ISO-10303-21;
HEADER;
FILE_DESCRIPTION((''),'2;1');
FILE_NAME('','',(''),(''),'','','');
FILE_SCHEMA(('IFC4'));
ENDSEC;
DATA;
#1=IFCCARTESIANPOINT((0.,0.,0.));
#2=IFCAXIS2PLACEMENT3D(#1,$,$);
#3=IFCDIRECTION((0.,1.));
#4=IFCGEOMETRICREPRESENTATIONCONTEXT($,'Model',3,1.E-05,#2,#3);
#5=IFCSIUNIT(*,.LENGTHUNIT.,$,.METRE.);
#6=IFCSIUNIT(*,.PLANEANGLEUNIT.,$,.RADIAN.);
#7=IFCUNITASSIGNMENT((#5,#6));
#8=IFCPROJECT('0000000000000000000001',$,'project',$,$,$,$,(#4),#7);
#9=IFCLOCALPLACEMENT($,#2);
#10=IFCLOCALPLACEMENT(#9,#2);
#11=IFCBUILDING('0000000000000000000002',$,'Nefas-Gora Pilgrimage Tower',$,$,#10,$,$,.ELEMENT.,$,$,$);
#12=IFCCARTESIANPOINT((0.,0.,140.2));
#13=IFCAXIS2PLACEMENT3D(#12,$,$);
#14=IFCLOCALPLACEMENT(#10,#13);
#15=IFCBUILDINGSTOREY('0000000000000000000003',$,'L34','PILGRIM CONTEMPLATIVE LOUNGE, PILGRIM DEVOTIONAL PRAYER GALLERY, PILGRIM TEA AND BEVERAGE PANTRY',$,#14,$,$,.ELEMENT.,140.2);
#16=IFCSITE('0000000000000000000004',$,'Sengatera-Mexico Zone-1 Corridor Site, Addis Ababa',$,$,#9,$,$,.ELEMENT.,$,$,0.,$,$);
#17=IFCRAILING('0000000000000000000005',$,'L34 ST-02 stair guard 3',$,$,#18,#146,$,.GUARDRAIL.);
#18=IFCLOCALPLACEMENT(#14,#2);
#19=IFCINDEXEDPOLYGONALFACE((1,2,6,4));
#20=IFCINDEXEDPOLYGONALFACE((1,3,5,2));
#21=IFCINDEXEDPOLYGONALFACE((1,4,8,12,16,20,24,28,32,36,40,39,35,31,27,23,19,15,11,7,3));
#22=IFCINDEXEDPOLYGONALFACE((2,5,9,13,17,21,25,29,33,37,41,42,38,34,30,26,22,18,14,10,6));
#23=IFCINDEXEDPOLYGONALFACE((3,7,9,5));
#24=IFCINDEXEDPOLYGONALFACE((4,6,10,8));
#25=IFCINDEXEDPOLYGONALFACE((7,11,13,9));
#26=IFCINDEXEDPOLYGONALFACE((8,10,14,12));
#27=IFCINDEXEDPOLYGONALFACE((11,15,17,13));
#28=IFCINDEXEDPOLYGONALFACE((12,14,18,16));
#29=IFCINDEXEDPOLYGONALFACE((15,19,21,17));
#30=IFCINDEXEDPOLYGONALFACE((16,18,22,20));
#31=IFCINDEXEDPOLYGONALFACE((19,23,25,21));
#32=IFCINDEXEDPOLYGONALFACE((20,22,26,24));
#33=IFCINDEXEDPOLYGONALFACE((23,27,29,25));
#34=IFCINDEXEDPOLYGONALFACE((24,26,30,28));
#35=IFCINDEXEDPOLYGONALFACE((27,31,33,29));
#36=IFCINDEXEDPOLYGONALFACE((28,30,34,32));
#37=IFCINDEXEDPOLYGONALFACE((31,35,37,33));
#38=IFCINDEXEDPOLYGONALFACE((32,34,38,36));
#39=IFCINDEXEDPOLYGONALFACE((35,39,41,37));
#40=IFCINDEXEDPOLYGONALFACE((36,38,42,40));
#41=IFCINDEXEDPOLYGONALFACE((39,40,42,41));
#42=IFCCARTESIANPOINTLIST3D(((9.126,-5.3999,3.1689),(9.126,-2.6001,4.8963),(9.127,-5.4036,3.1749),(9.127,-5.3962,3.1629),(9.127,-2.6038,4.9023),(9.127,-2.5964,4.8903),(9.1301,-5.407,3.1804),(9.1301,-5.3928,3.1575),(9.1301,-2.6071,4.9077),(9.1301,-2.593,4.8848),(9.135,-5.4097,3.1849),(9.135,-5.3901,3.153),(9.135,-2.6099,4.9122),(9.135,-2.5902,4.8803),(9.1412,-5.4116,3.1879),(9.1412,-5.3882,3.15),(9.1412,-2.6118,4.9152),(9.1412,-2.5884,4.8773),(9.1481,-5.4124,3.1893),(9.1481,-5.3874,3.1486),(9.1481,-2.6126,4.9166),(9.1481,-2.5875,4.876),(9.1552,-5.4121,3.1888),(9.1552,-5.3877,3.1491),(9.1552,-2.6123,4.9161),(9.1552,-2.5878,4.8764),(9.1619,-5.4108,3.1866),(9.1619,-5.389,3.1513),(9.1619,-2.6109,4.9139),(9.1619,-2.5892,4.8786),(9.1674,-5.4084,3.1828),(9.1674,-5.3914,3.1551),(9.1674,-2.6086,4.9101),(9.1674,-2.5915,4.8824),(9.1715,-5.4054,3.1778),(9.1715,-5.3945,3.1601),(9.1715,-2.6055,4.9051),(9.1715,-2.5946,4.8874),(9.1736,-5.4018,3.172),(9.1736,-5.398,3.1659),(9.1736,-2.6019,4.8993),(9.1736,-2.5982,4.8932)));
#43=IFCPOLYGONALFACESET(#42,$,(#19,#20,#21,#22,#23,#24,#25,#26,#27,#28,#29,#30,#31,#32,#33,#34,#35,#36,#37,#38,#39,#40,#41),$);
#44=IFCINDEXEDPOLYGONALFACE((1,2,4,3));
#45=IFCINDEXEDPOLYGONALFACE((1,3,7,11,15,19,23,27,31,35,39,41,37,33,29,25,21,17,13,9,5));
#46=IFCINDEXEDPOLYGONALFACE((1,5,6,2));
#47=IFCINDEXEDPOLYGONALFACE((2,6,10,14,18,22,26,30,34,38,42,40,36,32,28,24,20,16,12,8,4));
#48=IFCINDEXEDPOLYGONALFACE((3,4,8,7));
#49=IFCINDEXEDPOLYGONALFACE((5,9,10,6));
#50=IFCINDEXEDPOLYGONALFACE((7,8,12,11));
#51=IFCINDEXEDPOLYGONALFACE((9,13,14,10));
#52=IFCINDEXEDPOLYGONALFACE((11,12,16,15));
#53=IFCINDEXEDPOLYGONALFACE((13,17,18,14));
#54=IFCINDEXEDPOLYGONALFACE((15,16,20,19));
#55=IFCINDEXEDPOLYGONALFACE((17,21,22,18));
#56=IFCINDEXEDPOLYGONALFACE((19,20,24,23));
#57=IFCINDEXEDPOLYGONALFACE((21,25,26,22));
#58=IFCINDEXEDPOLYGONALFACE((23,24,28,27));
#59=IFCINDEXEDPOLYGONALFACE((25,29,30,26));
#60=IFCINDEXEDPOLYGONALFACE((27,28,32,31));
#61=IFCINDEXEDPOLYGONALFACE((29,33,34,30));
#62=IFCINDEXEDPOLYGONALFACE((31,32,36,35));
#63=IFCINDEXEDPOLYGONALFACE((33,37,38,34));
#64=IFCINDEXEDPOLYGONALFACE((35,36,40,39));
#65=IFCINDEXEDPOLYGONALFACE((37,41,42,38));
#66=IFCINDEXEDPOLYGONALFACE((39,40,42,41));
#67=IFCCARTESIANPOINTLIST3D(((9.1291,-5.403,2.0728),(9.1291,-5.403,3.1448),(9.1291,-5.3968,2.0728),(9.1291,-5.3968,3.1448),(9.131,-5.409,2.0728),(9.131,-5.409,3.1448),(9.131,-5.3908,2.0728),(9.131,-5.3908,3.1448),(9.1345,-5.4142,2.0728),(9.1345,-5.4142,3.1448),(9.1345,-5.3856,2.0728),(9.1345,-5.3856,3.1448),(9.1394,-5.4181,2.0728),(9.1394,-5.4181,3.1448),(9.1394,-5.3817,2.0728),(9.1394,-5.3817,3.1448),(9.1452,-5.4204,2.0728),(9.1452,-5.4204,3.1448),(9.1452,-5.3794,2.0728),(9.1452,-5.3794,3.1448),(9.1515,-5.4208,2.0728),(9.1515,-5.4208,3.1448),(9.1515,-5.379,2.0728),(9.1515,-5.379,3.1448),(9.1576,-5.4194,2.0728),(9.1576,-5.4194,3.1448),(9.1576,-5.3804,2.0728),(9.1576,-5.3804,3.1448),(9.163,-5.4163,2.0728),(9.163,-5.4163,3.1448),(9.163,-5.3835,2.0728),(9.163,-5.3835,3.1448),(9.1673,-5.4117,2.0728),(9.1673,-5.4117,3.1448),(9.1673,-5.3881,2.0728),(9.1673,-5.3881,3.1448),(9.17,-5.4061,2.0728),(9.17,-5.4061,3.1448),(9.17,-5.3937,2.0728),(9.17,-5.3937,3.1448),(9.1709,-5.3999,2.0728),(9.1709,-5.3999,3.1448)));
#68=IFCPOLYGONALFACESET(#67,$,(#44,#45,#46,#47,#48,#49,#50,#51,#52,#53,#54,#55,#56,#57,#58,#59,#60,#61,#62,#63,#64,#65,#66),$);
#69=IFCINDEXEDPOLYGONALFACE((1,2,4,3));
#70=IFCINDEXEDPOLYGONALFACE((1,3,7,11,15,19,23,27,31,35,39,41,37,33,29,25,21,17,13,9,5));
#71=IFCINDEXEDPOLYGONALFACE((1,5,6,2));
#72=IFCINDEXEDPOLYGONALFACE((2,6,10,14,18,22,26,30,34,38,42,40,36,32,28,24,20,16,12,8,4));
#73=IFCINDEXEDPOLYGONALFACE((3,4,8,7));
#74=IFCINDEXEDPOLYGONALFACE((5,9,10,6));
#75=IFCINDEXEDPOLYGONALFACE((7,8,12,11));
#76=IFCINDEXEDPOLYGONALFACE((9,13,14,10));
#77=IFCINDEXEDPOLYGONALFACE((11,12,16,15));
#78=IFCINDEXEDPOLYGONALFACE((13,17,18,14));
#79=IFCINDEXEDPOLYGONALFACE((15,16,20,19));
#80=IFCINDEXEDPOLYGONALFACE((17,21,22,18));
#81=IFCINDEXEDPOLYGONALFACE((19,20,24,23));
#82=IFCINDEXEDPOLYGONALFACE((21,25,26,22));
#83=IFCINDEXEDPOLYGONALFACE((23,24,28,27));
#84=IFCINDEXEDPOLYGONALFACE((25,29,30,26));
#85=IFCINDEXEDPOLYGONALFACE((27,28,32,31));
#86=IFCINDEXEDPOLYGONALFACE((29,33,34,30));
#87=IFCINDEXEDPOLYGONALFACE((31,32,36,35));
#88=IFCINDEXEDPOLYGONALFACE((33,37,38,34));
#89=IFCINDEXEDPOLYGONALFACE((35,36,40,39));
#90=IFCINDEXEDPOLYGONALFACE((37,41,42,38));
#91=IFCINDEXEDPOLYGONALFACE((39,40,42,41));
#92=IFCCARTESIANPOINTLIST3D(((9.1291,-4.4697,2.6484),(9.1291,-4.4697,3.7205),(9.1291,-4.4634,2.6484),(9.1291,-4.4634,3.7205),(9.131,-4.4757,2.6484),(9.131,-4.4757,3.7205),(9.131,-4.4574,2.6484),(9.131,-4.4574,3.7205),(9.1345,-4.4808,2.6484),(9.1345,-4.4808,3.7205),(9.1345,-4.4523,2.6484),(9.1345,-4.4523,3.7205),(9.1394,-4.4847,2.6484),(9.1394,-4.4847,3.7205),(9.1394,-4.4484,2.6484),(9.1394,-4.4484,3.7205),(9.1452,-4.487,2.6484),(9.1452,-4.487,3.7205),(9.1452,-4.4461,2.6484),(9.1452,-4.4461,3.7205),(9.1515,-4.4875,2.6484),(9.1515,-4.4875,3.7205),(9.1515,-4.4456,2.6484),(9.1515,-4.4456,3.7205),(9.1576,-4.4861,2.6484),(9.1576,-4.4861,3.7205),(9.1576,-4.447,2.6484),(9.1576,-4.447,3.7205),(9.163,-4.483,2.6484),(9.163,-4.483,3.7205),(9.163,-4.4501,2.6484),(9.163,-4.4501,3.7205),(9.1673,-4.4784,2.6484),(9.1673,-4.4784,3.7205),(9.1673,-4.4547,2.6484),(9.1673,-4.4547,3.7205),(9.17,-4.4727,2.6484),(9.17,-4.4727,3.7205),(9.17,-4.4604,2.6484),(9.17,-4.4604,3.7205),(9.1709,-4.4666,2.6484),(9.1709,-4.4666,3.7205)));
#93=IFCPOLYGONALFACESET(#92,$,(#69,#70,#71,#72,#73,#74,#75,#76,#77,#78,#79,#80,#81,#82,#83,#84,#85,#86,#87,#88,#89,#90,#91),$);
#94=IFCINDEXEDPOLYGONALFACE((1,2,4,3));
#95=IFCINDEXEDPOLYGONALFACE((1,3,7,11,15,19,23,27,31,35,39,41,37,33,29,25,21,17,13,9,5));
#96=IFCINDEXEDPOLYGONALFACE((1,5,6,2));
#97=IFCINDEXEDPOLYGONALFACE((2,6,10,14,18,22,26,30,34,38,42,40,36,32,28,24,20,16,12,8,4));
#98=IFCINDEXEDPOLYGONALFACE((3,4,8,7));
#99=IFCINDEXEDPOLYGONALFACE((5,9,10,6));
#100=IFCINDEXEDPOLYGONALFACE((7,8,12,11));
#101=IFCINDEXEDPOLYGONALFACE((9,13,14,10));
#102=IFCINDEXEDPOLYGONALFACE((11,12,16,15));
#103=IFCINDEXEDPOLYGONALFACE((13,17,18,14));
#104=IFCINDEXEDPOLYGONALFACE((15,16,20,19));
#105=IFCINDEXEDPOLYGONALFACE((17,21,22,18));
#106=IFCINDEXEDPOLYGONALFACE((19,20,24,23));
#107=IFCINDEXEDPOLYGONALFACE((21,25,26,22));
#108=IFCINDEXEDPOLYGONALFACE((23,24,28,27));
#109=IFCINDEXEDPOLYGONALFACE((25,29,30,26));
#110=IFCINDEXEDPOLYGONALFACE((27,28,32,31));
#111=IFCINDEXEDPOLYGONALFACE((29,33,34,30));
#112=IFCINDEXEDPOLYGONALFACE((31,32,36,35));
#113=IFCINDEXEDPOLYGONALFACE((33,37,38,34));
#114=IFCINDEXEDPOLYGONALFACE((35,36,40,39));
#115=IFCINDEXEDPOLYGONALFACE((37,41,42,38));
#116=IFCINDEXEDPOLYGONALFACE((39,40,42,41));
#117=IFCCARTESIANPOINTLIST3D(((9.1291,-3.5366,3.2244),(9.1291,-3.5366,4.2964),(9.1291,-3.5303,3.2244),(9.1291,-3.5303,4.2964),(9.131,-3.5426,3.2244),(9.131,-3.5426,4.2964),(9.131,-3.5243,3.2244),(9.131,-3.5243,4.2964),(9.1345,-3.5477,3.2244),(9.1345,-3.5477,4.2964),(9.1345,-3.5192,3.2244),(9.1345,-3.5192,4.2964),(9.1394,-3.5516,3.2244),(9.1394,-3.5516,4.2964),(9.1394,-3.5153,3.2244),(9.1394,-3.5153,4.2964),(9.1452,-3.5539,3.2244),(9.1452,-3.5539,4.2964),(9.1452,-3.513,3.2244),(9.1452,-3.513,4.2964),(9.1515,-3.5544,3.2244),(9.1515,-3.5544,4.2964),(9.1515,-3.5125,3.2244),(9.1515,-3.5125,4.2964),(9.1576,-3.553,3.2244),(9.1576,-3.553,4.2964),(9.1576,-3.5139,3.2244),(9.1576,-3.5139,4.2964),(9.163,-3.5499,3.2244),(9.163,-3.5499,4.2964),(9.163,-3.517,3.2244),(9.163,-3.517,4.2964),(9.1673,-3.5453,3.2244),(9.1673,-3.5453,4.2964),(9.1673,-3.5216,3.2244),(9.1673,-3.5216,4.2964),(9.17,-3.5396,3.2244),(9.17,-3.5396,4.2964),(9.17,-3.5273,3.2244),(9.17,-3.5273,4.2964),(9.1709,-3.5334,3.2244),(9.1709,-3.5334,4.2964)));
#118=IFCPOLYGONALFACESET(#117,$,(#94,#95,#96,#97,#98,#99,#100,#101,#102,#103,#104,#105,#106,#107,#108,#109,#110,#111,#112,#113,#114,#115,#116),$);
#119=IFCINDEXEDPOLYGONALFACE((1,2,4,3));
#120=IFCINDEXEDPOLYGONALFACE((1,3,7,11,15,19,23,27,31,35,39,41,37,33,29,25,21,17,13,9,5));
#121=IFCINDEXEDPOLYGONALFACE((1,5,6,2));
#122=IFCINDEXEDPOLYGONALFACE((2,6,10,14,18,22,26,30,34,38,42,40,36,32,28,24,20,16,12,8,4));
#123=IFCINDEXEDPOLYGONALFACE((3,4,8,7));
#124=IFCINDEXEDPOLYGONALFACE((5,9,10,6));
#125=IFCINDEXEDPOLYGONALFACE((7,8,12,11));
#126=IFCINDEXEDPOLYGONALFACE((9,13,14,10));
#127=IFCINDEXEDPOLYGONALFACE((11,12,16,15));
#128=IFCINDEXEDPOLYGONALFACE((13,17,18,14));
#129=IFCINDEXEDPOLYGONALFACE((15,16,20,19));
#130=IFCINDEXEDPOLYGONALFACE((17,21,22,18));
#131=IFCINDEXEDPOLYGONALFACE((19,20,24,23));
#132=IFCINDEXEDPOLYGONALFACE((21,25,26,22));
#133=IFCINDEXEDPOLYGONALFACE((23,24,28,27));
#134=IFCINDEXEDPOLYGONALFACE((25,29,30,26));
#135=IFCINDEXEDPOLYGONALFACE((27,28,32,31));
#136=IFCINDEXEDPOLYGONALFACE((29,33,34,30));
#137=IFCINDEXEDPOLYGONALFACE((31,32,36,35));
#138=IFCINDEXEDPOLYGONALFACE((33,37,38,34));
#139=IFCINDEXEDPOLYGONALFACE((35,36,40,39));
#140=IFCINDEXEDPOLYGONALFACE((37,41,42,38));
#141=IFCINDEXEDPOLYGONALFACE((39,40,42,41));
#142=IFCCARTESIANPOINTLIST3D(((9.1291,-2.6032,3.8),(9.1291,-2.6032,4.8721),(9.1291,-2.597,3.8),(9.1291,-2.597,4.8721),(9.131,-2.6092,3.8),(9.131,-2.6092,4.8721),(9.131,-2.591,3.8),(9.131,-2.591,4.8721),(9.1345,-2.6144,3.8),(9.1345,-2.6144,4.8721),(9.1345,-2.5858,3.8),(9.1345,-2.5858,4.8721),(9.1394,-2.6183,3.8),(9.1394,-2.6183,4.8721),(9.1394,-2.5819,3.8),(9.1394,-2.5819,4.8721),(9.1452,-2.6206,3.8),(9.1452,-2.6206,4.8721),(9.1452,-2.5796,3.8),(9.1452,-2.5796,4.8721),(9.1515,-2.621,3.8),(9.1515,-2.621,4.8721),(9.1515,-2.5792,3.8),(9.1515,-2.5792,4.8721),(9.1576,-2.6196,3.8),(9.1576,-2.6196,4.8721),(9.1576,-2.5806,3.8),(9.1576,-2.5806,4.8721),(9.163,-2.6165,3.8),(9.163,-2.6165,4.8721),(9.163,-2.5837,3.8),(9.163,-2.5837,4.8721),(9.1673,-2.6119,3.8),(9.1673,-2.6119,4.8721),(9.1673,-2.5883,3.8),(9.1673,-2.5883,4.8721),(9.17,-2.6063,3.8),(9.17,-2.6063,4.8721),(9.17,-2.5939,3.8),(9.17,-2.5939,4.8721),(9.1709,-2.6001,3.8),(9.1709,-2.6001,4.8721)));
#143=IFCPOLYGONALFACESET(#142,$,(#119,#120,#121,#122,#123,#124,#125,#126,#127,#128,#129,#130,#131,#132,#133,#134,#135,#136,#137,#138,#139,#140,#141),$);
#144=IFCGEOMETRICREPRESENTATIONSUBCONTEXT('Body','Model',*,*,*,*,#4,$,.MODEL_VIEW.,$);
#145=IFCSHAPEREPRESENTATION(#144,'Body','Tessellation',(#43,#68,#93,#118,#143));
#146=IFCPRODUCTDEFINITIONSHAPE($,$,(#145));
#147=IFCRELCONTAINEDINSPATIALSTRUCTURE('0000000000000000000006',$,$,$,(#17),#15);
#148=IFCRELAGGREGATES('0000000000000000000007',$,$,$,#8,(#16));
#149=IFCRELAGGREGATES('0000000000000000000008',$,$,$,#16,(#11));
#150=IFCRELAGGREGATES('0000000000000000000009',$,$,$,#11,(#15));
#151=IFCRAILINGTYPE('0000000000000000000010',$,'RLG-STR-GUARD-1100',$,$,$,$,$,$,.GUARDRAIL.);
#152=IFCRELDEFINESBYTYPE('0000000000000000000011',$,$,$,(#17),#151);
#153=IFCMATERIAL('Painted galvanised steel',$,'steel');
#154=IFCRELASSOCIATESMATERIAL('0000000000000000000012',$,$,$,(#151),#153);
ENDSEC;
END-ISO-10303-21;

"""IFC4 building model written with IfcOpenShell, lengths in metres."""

from ifc_helpers import new_model, si_unit, direction, frame, origin, origin_2d, place, context, subcontext, project, spatial, circle, extrude, material, type_object, element, save


model = new_model("IFC4")

# Units and contexts
model_context = context("Model", 3, precision=1e-05, world=origin(), true_north=direction((0.0, 1.0)))
body_context = subcontext(model_context, "Body", "Model", "MODEL_VIEW")
ifc_project = project(units=[si_unit("LENGTHUNIT", "METRE"), si_unit("PLANEANGLEUNIT", "RADIAN")], contexts=[model_context])

# Site, building, storey
site_placement = place(None, origin())
site = spatial("IfcSite", under=ifc_project, at=site_placement, Name="Sengatera-Mexico Zone-1 Corridor Site, Addis Ababa", CompositionType="ELEMENT", RefElevation=0.0)
building_placement = place(site_placement, origin())
building = spatial("IfcBuilding", under=site, at=building_placement, Name="Nefas-Gora Pilgrimage Tower", CompositionType="ELEMENT")
storey_placement = place(building_placement, frame((0.0, 0.0, 140.2)))
storey = spatial("IfcBuildingStorey", under=building, at=storey_placement, Name="L34", Description="PILGRIM CONTEMPLATIVE LOUNGE, PILGRIM DEVOTIONAL PRAYER GALLERY, PILGRIM TEA AND BEVERAGE PANTRY", CompositionType="ELEMENT", Elevation=140.2)

# Railing
ifc_material_1 = material(Name="Painted galvanised steel", Category="steel")
railing_type_1 = type_object("IfcRailingType", Name="RLG-STR-GUARD-1100", PredefinedType="GUARDRAIL", material=ifc_material_1)
railing_1_placement = place(storey_placement, frame((9.1499, -5.3999, 2.0728)))
element("IfcRailing", 1, at=railing_1_placement, inside=storey, type_object=railing_type_1, Name="L34 ST-02 stair guard 3", PredefinedType="GUARDRAIL", context=body_context, shape_type="SweptSolid", body=[
    extrude(circle(Radius=0.0239, at=origin_2d()), frame((0.0, 0.0, 1.0962), z_axis=(0.0, 0.851069, 0.525054), x_axis=(-1.0, 0.0, 0.0)), (0.0, 0.0, 1.0), 3.2898),
    extrude(circle(Radius=0.021, at=origin_2d()), origin(), (0.0, 0.0, 1.0), 1.072),
    extrude(circle(Radius=0.021, at=origin_2d()), frame((0.0, 0.9333, 0.5757)), (0.0, 0.0, 1.0), 1.072),
    extrude(circle(Radius=0.021, at=origin_2d()), frame((0.0, 1.8665, 1.1516)), (0.0, 0.0, 1.0), 1.072),
    extrude(circle(Radius=0.021, at=origin_2d()), frame((0.0, 2.7998, 1.7273)), (0.0, 0.0, 1.0), 1.072),
])

save(model, "model.ifc")
